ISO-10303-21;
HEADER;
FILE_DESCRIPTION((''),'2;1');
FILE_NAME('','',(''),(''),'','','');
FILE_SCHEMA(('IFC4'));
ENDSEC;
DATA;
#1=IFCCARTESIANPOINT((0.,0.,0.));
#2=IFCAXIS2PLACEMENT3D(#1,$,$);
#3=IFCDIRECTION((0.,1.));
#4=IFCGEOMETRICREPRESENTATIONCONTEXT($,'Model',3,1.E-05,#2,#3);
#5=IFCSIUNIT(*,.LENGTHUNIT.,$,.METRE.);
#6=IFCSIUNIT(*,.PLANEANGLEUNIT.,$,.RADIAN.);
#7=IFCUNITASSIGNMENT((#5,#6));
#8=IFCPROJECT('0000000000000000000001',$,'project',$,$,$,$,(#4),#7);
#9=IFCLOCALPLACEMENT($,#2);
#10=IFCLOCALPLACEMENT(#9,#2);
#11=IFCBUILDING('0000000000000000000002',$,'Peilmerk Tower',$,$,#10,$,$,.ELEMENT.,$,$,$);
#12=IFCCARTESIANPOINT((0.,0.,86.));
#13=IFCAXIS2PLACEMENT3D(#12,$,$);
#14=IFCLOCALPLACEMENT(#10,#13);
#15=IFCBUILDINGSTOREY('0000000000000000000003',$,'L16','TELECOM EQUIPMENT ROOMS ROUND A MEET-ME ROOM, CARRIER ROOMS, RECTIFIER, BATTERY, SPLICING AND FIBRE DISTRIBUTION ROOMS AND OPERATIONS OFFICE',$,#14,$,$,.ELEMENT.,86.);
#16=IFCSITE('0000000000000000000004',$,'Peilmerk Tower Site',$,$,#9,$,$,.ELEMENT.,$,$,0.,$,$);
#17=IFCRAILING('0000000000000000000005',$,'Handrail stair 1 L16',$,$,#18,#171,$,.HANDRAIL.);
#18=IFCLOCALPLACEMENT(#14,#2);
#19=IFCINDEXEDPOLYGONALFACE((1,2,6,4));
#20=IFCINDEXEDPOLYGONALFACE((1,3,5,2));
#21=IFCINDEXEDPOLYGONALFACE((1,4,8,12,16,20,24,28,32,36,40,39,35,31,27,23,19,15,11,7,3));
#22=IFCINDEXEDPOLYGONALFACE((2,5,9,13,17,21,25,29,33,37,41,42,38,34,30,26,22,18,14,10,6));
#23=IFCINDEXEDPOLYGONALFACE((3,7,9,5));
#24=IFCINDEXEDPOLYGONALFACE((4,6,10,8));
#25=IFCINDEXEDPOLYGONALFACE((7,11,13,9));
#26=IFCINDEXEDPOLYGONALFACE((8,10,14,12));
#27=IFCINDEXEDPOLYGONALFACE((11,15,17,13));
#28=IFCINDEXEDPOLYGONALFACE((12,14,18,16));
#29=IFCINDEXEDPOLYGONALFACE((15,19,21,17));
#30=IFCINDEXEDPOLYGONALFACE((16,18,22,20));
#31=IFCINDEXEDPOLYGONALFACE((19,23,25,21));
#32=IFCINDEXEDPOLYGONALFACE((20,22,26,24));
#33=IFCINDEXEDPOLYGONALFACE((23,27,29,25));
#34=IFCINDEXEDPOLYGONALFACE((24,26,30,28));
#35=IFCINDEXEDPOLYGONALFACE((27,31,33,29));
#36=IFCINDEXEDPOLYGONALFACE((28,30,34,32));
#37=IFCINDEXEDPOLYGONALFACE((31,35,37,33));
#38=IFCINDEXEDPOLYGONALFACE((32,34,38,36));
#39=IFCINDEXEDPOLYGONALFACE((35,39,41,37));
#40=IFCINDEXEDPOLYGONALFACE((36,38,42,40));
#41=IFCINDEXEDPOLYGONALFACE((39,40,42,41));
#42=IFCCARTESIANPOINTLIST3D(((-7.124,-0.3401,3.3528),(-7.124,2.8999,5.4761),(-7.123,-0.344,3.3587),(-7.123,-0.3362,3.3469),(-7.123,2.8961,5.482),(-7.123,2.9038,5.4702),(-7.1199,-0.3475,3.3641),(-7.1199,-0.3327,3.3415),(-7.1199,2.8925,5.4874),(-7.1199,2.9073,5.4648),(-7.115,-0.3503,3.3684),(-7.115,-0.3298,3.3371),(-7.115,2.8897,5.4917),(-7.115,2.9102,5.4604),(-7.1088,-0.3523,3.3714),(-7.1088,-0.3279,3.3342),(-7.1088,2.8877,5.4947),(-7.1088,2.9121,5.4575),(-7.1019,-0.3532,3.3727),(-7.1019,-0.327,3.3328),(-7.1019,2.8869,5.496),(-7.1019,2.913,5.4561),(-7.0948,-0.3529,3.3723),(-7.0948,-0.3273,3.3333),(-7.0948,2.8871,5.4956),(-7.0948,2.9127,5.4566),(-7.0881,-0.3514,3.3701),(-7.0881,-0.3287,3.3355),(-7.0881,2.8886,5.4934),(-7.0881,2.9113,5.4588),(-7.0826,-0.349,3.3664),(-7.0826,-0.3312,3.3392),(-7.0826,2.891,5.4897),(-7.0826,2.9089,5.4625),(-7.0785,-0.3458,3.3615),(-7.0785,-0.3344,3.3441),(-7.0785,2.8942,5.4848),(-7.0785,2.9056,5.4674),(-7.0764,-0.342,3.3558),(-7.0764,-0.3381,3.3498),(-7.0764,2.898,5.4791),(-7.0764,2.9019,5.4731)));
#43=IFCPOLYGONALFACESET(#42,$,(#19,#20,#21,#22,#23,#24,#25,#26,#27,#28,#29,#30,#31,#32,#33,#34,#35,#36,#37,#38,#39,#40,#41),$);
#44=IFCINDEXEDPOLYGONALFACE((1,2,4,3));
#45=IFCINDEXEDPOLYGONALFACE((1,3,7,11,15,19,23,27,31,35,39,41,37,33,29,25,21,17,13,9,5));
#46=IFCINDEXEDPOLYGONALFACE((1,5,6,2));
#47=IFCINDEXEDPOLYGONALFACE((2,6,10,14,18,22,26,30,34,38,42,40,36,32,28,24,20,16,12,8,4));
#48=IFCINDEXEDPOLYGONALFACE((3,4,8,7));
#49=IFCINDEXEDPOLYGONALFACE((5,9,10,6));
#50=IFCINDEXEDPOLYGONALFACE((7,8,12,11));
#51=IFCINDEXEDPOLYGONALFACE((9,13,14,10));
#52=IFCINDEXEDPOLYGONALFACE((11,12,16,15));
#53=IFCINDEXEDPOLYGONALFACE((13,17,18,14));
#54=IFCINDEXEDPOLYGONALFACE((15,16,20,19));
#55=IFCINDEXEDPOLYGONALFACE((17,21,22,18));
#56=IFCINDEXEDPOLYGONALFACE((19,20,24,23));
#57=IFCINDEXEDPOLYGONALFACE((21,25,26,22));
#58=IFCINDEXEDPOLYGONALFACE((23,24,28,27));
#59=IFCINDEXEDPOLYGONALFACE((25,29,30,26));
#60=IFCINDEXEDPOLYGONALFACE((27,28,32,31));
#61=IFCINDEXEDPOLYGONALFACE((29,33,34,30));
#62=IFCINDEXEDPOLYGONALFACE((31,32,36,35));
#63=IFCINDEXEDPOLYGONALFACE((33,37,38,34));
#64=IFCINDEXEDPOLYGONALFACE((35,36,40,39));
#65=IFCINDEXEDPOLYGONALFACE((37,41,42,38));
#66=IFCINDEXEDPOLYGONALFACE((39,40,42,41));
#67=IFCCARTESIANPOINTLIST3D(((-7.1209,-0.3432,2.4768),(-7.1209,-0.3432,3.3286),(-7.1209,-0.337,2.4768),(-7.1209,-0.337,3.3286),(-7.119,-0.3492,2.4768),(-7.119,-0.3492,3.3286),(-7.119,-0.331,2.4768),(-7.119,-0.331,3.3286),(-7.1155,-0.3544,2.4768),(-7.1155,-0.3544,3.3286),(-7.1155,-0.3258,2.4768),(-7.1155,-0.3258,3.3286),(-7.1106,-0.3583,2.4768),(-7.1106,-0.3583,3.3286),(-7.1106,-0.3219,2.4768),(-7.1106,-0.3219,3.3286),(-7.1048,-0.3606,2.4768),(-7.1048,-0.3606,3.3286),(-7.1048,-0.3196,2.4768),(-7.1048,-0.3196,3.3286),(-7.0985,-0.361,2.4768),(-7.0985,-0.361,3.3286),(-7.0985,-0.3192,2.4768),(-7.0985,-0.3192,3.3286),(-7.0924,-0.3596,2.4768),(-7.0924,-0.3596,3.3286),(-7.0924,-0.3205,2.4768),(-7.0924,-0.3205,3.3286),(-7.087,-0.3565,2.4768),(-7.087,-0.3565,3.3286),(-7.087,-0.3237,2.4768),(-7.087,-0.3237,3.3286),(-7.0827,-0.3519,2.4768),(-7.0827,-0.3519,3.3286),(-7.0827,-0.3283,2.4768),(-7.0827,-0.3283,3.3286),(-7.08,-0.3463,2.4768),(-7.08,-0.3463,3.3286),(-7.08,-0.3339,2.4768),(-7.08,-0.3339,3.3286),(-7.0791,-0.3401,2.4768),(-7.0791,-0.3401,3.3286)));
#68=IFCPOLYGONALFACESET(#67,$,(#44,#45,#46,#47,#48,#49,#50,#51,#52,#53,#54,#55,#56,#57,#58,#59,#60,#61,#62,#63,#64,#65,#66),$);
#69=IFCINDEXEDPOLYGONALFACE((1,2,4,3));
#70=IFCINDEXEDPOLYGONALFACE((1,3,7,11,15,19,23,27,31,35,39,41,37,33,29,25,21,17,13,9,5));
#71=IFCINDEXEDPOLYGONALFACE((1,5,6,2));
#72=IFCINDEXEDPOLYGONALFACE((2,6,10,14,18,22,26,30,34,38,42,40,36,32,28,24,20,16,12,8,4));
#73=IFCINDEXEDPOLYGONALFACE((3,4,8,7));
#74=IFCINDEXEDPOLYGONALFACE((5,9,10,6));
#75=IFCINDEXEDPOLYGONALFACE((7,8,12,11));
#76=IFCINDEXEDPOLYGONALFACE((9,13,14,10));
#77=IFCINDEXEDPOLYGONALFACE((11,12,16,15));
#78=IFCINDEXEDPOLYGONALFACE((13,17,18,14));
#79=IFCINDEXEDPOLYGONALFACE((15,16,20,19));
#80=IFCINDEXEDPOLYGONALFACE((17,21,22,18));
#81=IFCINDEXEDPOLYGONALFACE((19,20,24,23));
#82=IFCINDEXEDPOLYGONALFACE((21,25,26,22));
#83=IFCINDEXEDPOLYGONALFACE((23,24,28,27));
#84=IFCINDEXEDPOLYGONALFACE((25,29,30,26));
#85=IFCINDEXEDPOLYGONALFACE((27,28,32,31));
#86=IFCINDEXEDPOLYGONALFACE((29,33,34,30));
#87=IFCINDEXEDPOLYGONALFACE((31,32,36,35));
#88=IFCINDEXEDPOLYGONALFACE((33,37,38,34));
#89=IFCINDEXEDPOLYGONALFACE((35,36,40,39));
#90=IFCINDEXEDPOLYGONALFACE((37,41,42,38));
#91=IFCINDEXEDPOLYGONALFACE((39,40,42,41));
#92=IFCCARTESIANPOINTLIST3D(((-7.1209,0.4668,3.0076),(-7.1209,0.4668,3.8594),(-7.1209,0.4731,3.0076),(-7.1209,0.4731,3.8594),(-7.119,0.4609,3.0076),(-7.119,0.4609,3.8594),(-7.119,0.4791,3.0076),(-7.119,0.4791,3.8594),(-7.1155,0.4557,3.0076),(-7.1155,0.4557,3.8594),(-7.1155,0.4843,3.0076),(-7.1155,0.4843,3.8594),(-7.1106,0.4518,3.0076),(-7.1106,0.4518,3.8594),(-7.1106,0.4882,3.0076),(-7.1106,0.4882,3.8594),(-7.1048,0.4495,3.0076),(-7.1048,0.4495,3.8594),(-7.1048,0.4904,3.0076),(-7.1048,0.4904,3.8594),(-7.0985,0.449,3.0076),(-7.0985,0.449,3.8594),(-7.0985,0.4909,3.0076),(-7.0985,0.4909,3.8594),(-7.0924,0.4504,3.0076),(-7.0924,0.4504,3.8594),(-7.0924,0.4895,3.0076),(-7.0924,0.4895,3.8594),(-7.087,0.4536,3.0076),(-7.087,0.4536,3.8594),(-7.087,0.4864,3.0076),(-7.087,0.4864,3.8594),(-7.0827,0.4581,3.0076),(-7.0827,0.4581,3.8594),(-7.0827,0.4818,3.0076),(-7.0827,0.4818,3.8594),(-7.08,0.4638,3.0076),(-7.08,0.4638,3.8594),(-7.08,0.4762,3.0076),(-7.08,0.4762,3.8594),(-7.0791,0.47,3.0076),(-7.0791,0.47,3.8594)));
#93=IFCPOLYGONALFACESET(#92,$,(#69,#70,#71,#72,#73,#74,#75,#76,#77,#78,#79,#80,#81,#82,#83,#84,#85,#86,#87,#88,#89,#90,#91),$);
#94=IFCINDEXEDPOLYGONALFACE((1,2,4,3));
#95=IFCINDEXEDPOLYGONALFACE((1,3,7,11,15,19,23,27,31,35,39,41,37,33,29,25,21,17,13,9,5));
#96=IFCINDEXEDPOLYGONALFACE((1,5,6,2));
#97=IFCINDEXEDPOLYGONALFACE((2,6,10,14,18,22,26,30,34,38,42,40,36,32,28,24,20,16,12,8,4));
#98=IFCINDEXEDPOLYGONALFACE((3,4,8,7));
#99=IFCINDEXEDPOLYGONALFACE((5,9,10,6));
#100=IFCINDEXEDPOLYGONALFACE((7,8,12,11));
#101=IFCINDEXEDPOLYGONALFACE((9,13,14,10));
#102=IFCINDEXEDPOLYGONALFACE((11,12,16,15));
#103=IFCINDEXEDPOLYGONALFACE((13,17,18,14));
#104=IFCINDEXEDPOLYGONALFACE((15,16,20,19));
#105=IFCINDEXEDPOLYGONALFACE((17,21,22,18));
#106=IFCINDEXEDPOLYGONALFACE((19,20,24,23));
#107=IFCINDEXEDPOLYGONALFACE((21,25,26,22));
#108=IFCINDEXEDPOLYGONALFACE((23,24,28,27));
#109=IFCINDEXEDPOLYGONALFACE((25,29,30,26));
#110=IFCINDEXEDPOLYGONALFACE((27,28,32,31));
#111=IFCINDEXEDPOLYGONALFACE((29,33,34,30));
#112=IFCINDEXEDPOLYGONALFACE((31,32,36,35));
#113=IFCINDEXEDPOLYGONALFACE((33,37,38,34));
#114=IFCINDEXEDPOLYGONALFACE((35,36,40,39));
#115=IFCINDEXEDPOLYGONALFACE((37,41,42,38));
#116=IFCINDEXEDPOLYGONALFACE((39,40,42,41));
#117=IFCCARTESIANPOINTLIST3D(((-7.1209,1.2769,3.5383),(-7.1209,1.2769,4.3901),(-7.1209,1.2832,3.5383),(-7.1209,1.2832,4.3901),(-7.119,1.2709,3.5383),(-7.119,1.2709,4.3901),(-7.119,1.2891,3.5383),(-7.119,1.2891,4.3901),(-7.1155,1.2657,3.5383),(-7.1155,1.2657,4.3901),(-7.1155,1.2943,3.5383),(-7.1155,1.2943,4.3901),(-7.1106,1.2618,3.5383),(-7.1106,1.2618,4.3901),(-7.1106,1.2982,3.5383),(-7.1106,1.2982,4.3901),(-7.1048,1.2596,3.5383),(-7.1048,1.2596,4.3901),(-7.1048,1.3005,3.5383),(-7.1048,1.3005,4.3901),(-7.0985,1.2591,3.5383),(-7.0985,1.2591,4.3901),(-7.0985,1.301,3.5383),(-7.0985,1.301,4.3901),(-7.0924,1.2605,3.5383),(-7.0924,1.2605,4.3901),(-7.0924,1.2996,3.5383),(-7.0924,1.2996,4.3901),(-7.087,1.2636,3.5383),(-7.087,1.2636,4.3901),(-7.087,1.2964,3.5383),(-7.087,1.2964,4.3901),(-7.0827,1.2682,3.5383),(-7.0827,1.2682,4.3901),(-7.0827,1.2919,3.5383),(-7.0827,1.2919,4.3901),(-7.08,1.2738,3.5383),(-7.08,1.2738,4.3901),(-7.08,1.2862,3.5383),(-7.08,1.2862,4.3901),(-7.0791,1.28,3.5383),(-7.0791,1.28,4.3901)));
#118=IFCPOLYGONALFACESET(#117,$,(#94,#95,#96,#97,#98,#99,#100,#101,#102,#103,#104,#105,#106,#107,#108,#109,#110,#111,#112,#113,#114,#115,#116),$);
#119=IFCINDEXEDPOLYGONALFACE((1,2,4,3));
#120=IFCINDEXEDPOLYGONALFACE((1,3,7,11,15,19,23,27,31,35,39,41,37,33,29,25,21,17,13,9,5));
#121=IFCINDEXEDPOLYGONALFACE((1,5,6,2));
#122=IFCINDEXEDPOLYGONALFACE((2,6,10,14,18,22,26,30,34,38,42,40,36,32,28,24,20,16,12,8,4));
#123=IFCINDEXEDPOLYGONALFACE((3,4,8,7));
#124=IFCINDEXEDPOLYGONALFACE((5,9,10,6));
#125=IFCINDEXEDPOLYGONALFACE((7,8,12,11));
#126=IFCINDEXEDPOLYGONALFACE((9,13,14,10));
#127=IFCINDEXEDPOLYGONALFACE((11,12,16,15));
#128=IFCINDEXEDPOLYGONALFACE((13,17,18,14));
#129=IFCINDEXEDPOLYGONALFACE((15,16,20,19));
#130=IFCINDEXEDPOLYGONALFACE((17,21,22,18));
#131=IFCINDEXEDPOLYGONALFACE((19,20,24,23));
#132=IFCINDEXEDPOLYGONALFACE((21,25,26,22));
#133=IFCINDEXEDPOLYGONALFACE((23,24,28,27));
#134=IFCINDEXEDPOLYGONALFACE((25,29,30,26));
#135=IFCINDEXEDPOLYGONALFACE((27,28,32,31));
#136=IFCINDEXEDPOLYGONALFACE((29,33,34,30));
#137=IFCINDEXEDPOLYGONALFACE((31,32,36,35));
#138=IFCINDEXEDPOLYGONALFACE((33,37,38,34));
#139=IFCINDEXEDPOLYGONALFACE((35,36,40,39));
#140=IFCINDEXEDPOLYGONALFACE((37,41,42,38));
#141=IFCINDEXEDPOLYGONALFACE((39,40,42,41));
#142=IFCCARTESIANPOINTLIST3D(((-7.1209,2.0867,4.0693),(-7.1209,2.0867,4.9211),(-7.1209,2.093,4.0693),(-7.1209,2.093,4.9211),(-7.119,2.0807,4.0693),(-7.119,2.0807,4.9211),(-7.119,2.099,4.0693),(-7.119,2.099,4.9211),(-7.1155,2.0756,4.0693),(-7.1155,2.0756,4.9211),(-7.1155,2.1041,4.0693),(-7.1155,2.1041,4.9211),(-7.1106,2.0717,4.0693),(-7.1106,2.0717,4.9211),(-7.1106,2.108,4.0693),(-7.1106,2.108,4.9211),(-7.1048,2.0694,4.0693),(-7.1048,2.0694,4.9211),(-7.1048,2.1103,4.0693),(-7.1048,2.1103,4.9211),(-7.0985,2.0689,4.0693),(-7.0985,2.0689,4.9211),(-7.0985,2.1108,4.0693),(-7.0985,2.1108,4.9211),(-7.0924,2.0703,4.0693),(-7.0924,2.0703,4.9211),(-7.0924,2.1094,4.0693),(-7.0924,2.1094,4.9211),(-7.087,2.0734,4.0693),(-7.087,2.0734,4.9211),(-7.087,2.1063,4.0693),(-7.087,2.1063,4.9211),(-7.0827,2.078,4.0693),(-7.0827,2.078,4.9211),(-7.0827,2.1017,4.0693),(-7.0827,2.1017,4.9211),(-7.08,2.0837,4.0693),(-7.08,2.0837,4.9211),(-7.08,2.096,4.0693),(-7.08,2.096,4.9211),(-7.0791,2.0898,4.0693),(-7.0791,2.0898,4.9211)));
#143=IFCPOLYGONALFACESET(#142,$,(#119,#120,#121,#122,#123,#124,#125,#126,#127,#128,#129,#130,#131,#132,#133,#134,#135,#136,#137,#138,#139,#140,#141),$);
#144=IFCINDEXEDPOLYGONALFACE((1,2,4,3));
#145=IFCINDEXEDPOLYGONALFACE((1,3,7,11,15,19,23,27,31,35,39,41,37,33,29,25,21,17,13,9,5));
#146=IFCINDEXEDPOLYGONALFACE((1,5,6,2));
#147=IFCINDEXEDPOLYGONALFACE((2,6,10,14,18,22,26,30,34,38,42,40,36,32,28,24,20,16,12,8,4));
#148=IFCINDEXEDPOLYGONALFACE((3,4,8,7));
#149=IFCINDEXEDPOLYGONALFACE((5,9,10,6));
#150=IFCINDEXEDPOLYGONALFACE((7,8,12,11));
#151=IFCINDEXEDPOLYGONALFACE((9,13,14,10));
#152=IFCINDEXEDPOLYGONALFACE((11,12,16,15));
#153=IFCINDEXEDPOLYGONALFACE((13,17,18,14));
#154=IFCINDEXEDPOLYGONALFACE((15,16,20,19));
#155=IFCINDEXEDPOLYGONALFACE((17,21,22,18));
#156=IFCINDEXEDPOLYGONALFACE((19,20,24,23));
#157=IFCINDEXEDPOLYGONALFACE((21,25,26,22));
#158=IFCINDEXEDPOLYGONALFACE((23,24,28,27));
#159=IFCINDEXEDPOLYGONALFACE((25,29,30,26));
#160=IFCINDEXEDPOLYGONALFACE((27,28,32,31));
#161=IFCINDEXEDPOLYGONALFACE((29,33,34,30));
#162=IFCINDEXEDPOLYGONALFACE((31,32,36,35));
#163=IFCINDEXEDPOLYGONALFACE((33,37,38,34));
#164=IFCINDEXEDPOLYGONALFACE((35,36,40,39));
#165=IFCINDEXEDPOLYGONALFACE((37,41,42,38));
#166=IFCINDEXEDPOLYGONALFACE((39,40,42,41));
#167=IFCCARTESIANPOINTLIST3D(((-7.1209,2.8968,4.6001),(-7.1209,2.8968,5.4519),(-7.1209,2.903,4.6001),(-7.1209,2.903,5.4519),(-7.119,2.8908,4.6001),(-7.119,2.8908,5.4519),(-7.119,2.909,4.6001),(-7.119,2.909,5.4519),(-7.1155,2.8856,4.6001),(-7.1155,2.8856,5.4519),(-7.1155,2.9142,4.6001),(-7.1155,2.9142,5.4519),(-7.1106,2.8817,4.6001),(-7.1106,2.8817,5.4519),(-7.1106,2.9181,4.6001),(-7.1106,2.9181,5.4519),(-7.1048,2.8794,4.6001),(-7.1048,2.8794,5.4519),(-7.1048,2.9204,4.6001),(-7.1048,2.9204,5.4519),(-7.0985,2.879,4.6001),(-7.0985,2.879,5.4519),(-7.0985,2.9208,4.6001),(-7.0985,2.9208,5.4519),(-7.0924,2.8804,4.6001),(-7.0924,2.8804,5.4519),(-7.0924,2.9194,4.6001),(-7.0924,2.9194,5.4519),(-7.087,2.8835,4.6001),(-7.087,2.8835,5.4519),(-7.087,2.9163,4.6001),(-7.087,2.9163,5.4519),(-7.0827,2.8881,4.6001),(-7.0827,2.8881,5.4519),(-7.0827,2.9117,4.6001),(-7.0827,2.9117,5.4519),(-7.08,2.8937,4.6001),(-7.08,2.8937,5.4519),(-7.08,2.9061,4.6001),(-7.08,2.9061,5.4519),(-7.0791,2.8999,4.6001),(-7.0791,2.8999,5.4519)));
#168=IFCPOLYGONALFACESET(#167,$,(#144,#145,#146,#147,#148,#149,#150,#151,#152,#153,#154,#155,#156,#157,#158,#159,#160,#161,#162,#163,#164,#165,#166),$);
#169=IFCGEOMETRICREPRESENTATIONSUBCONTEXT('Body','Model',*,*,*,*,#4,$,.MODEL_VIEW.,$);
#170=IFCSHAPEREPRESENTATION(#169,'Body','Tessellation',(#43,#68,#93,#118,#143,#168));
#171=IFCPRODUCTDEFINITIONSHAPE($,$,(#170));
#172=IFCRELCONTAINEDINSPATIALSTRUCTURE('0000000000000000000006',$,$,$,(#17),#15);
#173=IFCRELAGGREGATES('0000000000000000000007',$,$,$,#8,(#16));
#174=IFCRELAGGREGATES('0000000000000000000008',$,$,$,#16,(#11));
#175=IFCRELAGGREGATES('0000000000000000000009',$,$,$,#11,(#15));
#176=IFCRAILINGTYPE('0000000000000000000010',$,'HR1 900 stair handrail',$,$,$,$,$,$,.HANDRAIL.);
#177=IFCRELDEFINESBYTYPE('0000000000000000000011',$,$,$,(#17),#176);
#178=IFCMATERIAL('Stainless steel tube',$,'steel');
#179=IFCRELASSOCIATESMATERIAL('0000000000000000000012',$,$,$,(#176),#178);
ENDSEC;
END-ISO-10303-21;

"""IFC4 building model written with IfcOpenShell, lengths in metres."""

from ifc_helpers import new_model, si_unit, direction, frame, origin, origin_2d, place, context, subcontext, project, spatial, circle, extrude, material, type_object, element, save


model = new_model("IFC4")

# Units and contexts
model_context = context("Model", 3, precision=1e-05, world=origin(), true_north=direction((0.0, 1.0)))
body_context = subcontext(model_context, "Body", "Model", "MODEL_VIEW")
ifc_project = project(units=[si_unit("LENGTHUNIT", "METRE"), si_unit("PLANEANGLEUNIT", "RADIAN")], contexts=[model_context])

# Site, building, storey
site_placement = place(None, origin())
site = spatial("IfcSite", under=ifc_project, at=site_placement, Name="Peilmerk Tower Site", CompositionType="ELEMENT", RefElevation=0.0)
building_placement = place(site_placement, origin())
building = spatial("IfcBuilding", under=site, at=building_placement, Name="Peilmerk Tower", CompositionType="ELEMENT")
storey_placement = place(building_placement, frame((0.0, 0.0, 86.0)))
storey = spatial("IfcBuildingStorey", under=building, at=storey_placement, Name="L16", Description="TELECOM EQUIPMENT ROOMS ROUND A MEET-ME ROOM, CARRIER ROOMS, RECTIFIER, BATTERY, SPLICING AND FIBRE DISTRIBUTION ROOMS AND OPERATIONS OFFICE", CompositionType="ELEMENT", Elevation=86.0)

# Railing
ifc_material_1 = material(Name="Stainless steel tube", Category="steel")
railing_type_1 = type_object("IfcRailingType", Name="HR1 900 stair handrail", PredefinedType="HANDRAIL", material=ifc_material_1)
railing_1_placement = place(storey_placement, frame((-7.1001, -0.3401, 2.4768)))
element("IfcRailing", 1, at=railing_1_placement, inside=storey, type_object=railing_type_1, Name="Handrail stair 1 L16", PredefinedType="HANDRAIL", context=body_context, shape_type="SweptSolid", body=[
    extrude(circle(Radius=0.0239, at=origin_2d()), frame((0.0, 0.0, 0.876), z_axis=(0.0, 0.836397, 0.548124), x_axis=(-1.0, 0.0, 0.0)), (0.0, 0.0, 1.0), 3.8738),
    extrude(circle(Radius=0.021, at=origin_2d()), origin(), (0.0, 0.0, 1.0), 0.8518),
    extrude(circle(Radius=0.021, at=origin_2d()), frame((0.0, 0.8101, 0.5308)), (0.0, 0.0, 1.0), 0.8518),
    extrude(circle(Radius=0.021, at=origin_2d()), frame((0.0, 1.6201, 1.0615)), (0.0, 0.0, 1.0), 0.8518),
    extrude(circle(Radius=0.021, at=origin_2d()), frame((0.0, 2.4299, 1.5925)), (0.0, 0.0, 1.0), 0.8518),
    extrude(circle(Radius=0.021, at=origin_2d()), frame((0.0, 3.24, 2.1233)), (0.0, 0.0, 1.0), 0.8518),
])

save(model, "model.ifc")
